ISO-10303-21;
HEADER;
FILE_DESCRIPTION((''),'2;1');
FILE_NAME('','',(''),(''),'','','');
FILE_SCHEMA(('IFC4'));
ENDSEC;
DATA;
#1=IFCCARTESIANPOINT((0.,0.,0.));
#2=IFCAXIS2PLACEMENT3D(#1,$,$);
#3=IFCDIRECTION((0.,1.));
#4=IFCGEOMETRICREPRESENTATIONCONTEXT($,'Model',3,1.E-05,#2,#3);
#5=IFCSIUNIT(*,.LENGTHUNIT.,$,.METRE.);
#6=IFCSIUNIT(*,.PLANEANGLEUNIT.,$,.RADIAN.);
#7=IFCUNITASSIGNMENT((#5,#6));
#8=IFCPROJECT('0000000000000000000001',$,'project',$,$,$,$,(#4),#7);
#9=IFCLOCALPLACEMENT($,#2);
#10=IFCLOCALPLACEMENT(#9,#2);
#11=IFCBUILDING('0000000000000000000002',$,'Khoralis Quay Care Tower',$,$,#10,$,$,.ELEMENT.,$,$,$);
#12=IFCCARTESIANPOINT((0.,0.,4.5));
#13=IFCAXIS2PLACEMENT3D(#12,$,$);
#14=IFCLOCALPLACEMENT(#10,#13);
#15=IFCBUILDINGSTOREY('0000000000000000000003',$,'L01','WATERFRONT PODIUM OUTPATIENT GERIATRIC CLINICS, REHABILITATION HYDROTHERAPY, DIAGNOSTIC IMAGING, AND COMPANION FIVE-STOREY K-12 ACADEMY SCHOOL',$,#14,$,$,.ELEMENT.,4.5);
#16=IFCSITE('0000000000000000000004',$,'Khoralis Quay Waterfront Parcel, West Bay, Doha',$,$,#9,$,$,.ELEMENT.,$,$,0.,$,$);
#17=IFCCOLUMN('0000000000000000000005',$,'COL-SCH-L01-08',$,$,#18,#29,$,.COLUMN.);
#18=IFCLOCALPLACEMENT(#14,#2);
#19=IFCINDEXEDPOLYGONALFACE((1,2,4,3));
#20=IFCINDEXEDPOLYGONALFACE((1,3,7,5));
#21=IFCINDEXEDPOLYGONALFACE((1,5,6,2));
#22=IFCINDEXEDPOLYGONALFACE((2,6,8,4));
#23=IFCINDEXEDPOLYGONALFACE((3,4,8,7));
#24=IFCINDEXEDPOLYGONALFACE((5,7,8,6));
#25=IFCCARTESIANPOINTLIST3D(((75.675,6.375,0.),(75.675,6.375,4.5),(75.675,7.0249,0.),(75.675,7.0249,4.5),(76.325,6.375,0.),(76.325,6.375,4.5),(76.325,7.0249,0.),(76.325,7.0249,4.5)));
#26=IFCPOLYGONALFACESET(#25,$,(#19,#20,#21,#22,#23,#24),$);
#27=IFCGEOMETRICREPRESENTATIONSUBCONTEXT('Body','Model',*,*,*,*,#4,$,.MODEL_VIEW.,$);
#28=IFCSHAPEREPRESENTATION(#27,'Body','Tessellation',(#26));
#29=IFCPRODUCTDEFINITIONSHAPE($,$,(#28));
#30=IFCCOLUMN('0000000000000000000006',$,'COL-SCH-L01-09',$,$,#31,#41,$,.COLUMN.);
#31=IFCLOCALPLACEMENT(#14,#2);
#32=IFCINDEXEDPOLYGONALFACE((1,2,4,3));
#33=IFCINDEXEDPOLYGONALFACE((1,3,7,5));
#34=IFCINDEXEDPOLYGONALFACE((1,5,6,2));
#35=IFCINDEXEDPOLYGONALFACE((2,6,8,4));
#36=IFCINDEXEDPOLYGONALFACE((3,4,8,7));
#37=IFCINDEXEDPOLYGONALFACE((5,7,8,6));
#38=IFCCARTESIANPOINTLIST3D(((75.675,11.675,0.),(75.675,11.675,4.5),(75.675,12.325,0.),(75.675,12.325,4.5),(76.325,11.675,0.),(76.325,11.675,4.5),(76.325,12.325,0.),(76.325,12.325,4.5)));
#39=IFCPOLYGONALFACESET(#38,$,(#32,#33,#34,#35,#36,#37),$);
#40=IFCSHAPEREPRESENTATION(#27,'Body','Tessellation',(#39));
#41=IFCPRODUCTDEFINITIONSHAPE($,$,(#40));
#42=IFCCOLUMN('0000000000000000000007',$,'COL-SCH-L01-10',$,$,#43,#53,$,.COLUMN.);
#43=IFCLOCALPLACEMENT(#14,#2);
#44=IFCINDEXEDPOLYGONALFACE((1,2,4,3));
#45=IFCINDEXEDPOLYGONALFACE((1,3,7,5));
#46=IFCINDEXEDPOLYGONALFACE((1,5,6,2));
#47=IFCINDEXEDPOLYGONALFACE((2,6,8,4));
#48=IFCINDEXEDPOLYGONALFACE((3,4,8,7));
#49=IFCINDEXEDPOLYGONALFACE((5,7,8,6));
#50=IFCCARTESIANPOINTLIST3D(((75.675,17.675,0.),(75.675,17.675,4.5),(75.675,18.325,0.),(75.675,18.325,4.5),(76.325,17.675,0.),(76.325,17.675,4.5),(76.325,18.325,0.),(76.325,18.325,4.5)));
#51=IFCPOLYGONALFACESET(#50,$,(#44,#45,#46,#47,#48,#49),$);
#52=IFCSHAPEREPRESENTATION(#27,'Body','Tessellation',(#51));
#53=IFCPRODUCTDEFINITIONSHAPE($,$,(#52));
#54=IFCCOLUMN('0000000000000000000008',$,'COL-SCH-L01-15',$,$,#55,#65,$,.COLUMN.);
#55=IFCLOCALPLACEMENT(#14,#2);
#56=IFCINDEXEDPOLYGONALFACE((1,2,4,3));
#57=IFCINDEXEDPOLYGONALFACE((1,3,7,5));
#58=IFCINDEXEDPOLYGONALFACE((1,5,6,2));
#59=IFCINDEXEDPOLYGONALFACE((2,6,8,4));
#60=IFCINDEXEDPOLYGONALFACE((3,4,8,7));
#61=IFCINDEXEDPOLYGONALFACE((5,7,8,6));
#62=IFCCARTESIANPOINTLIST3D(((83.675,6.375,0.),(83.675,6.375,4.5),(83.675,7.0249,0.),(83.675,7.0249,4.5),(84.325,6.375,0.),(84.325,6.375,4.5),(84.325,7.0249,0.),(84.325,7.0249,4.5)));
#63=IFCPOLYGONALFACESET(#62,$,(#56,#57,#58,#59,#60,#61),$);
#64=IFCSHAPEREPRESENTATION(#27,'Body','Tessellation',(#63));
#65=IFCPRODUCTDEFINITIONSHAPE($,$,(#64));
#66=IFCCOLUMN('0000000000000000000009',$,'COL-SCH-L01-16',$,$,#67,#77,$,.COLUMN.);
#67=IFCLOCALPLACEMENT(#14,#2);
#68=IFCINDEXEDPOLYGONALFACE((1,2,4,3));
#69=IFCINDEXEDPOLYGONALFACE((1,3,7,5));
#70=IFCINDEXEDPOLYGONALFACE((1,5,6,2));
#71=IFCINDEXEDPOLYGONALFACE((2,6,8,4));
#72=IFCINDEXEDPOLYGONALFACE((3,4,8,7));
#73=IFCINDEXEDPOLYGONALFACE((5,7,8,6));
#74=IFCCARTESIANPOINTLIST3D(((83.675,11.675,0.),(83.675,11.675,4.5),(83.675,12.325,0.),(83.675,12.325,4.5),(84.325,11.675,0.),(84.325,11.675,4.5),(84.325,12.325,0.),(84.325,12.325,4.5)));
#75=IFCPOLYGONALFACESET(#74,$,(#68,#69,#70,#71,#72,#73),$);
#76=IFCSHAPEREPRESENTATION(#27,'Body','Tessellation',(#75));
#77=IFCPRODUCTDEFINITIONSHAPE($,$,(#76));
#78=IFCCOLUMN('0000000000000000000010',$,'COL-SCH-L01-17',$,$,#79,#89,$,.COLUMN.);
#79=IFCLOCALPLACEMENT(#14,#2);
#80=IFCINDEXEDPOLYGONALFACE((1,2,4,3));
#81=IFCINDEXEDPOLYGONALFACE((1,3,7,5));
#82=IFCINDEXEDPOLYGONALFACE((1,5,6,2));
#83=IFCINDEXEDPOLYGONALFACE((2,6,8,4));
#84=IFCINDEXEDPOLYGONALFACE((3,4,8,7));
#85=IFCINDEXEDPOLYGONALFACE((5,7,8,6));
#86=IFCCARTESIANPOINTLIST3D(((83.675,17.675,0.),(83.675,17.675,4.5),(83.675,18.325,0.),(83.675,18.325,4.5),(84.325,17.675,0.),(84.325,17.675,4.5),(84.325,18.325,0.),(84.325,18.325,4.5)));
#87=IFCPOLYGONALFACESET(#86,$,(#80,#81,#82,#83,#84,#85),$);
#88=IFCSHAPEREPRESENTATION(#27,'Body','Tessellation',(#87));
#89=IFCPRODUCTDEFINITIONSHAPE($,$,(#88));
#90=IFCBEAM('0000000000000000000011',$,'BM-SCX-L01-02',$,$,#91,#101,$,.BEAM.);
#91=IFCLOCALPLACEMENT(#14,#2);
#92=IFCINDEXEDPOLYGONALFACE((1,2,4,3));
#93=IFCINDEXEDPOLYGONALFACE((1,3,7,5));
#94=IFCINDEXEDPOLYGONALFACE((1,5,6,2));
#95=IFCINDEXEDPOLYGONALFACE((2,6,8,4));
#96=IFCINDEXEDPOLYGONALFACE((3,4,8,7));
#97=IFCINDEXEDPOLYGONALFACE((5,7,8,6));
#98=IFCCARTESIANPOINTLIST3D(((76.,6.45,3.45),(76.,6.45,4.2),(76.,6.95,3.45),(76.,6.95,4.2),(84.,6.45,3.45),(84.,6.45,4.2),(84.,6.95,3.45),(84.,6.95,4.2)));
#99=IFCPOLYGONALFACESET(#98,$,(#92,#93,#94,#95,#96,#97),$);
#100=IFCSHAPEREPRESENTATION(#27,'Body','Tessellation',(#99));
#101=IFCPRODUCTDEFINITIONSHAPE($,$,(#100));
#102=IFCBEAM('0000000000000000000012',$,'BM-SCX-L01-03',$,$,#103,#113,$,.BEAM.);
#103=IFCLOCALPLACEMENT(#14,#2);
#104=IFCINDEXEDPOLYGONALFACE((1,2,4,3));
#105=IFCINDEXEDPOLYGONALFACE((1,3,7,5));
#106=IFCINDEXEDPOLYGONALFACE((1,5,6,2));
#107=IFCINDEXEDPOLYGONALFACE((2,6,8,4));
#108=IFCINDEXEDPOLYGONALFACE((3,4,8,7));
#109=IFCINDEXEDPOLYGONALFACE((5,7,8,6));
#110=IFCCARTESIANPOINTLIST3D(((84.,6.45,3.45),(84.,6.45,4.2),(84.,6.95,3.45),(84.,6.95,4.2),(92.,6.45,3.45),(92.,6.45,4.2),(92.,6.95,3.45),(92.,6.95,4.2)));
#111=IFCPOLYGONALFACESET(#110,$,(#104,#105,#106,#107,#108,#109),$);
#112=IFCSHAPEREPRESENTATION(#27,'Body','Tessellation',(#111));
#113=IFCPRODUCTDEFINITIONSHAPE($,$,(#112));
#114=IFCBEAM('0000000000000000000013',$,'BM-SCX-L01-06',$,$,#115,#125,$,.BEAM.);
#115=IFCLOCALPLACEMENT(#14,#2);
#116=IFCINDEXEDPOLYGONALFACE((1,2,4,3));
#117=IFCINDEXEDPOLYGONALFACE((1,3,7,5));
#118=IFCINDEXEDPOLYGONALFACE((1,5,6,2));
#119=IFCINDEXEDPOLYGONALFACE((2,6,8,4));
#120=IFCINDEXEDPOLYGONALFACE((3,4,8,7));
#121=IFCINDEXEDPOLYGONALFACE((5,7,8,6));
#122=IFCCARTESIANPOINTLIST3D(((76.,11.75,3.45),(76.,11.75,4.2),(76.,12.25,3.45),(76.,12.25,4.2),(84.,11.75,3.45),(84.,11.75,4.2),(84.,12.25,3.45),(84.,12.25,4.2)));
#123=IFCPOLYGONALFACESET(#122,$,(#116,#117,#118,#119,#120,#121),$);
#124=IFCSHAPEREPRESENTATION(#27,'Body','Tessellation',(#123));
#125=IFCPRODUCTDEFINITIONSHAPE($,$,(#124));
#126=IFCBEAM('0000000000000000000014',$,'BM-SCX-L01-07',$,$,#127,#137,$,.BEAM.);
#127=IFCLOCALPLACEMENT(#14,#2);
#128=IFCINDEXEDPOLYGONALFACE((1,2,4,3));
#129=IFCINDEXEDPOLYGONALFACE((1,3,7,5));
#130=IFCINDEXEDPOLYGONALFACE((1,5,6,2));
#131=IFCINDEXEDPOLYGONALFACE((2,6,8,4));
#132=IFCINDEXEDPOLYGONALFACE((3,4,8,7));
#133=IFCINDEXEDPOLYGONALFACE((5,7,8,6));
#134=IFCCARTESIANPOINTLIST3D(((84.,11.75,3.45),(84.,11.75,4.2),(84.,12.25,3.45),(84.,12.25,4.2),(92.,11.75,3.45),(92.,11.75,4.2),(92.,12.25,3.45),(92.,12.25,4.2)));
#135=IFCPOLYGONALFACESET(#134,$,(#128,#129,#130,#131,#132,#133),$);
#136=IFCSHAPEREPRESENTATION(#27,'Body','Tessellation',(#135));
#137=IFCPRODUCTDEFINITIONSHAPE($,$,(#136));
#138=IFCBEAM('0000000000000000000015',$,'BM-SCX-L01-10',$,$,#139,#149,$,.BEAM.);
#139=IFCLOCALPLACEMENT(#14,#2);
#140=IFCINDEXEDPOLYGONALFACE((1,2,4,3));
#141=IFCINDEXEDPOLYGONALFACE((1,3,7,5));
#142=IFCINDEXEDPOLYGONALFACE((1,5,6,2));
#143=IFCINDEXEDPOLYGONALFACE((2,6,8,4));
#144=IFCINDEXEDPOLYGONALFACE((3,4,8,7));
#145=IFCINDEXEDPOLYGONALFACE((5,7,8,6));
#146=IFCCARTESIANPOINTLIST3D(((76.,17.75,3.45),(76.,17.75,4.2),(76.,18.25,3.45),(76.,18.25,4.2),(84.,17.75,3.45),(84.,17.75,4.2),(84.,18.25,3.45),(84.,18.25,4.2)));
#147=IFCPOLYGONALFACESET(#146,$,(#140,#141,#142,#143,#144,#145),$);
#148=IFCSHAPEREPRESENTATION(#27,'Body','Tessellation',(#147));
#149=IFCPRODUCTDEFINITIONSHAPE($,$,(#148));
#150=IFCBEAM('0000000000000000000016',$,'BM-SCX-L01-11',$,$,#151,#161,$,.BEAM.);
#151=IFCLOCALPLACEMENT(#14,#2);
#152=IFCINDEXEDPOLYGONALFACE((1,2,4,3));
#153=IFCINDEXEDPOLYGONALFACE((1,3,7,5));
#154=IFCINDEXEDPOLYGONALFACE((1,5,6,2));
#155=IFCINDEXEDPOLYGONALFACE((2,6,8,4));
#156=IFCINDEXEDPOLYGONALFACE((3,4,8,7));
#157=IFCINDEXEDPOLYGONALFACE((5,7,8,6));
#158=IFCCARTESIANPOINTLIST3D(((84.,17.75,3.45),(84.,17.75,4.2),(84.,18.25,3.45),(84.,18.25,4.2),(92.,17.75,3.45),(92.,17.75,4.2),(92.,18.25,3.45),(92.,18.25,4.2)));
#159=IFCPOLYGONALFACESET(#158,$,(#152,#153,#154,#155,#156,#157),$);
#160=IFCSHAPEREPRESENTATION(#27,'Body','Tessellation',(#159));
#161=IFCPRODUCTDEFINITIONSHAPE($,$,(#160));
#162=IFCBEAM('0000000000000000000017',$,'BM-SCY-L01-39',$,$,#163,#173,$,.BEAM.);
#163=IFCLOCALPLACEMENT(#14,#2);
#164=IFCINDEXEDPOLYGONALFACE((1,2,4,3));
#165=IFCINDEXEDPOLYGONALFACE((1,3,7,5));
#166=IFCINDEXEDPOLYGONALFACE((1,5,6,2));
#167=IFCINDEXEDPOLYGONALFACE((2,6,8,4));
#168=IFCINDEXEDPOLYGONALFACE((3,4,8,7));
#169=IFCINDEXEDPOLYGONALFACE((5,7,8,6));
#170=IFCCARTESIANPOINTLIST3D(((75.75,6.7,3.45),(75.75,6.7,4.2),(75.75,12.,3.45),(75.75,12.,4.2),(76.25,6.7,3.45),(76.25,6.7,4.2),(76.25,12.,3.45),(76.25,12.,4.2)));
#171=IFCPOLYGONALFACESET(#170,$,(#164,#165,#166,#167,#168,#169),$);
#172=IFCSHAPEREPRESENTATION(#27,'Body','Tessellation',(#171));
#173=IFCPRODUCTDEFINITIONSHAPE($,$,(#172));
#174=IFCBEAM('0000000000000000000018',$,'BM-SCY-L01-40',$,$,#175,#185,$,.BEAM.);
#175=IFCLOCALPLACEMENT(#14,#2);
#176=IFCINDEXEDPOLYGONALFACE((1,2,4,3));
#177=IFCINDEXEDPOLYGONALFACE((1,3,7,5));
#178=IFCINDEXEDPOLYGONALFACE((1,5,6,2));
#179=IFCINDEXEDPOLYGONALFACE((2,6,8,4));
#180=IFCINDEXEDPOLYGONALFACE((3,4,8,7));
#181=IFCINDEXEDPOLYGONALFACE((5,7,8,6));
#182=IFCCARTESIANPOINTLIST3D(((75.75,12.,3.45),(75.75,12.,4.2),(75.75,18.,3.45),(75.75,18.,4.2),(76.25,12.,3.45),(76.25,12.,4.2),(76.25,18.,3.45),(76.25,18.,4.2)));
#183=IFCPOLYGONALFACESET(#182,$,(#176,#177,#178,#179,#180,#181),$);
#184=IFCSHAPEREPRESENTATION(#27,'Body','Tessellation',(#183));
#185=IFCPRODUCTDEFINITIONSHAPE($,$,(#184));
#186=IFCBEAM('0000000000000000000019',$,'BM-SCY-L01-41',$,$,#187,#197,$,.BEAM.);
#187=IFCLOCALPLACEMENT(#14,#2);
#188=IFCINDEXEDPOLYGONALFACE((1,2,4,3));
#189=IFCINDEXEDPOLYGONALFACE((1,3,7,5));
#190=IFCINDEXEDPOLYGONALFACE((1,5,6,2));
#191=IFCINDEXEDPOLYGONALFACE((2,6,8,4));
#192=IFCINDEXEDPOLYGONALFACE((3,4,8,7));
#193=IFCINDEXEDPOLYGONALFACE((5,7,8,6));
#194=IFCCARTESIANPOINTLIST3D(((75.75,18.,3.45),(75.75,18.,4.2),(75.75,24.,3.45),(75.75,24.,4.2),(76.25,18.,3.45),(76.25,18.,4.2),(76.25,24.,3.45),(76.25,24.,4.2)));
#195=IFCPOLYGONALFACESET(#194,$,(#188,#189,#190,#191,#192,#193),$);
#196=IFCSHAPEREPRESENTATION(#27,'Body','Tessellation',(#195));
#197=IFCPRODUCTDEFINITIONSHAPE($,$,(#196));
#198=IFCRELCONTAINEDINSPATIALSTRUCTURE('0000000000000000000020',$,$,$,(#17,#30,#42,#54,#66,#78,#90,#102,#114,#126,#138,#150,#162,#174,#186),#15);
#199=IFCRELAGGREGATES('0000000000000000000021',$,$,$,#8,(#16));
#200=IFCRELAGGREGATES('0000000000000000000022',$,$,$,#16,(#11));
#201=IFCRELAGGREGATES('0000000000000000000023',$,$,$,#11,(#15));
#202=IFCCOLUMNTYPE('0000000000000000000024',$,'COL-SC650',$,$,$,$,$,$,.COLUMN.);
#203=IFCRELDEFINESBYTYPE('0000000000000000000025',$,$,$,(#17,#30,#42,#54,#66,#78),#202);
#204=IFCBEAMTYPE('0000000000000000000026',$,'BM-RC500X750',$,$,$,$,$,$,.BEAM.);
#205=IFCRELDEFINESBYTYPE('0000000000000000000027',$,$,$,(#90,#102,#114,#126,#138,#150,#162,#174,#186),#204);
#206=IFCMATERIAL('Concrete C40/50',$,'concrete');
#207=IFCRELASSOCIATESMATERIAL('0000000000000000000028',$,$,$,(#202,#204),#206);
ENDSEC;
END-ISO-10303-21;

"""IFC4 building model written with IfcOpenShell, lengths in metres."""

from ifc_helpers import new_model, si_unit, direction, frame, origin, origin_2d, place, context, subcontext, project, spatial, rectangle, extrude, source, transform, mapped, material, material_profile, profile_set, type_object, element, save


model = new_model("IFC4")

# Units and contexts
model_context = context("Model", 3, precision=1e-05, world=origin(), true_north=direction((0.0, 1.0)))
body_context = subcontext(model_context, "Body", "Model", "MODEL_VIEW")
ifc_project = project(units=[si_unit("LENGTHUNIT", "METRE"), si_unit("PLANEANGLEUNIT", "RADIAN")], contexts=[model_context])

# Site, building, storey
site_placement = place(None, origin())
site = spatial("IfcSite", under=ifc_project, at=site_placement, Name="Khoralis Quay Waterfront Parcel, West Bay, Doha", CompositionType="ELEMENT", RefElevation=0.0)
building_placement = place(site_placement, origin())
building = spatial("IfcBuilding", under=site, at=building_placement, Name="Khoralis Quay Care Tower", CompositionType="ELEMENT")
storey_placement = place(building_placement, frame((0.0, 0.0, 4.5)))
storey = spatial("IfcBuildingStorey", under=building, at=storey_placement, Name="L01", Description="WATERFRONT PODIUM OUTPATIENT GERIATRIC CLINICS, REHABILITATION HYDROTHERAPY, DIAGNOSTIC IMAGING, AND COMPANION FIVE-STOREY K-12 ACADEMY SCHOOL", CompositionType="ELEMENT", Elevation=4.5)

# Columns
ifc_material_1 = material(Name="Concrete C40/50", Category="concrete")
ifc_material_profile_1 = material_profile(ifc_material_1, rectangle(XDim=0.6499, YDim=0.6499, at=origin_2d()), Name="Concrete C40/50")
ifc_profile_set_1 = profile_set([ifc_material_profile_1], Name="Concrete C40/50")
column_type = type_object("IfcColumnType", Name="COL-SC650", PredefinedType="COLUMN", material=ifc_profile_set_1)
shared_shape_1 = source(origin(), body_context, "Body", "SweptSolid", [
    extrude(rectangle(XDim=0.6499, YDim=0.6499, at=origin_2d()), origin(), (0.0, 0.0, 1.0), 4.5),
])
for number, where, z_axis, x_axis, name in (
    (1, (76.0, 6.7, 0.0), (0.0, 0.0, 1.0), (1.0, 0.0, 0.0), "COL-SCH-L01-08"),
    (2, (76.0, 12.0, 0.0), (0.0, 0.0, 1.0), (1.0, 0.0, 0.0), "COL-SCH-L01-09"),
    (3, (76.0, 18.0, 0.0), (0.0, 0.0, 1.0), (1.0, 0.0, 0.0), "COL-SCH-L01-10"),
    (4, (84.0, 6.7, 0.0), (0.0, 0.0, 1.0), (1.0, 0.0, 0.0), "COL-SCH-L01-15"),
    (5, (84.0, 12.0, 0.0), (0.0, 0.0, 1.0), (1.0, 0.0, 0.0), "COL-SCH-L01-16"),
    (6, (84.0, 18.0, 0.0), (0.0, 0.0, 1.0), (1.0, 0.0, 0.0), "COL-SCH-L01-17"),
):
    element("IfcColumn", number, at=place(storey_placement, frame(where, z_axis=z_axis, x_axis=x_axis)), inside=storey, type_object=column_type, Name=name, PredefinedType="COLUMN", context=body_context, shape_type="MappedRepresentation", body=[
        mapped(shared_shape_1, transform((0.0, 0.0, 0.0), scale=1.0)),
    ])

# Beams
ifc_material_profile_2 = material_profile(ifc_material_1, rectangle(XDim=0.5, YDim=0.75, at=origin_2d()), Name="Concrete C40/50")
ifc_profile_set_2 = profile_set([ifc_material_profile_2], Name="Concrete C40/50")
beam_type_1 = type_object("IfcBeamType", Name="BM-RC500X750", PredefinedType="BEAM", material=ifc_profile_set_2)
shared_shape_2 = source(origin(), body_context, "Body", "SweptSolid", [
    extrude(rectangle(XDim=0.5, YDim=0.75, at=origin_2d()), origin(), (0.0, 0.0, 1.0), 8.0),
])
for number, where, z_axis, x_axis, name in (
    (7, (76.0, 6.7, 3.825), (1.0, 0.0, 0.0), (0.0, 1.0, 0.0), "BM-SCX-L01-02"),
    (8, (84.0, 6.7, 3.825), (1.0, 0.0, 0.0), (0.0, 1.0, 0.0), "BM-SCX-L01-03"),
    (9, (76.0, 12.0, 3.825), (1.0, 0.0, 0.0), (0.0, 1.0, 0.0), "BM-SCX-L01-06"),
    (10, (84.0, 12.0, 3.825), (1.0, 0.0, 0.0), (0.0, 1.0, 0.0), "BM-SCX-L01-07"),
    (11, (76.0, 18.0, 3.825), (1.0, 0.0, 0.0), (0.0, 1.0, 0.0), "BM-SCX-L01-10"),
    (12, (84.0, 18.0, 3.825), (1.0, 0.0, 0.0), (0.0, 1.0, 0.0), "BM-SCX-L01-11"),
):
    element("IfcBeam", number, at=place(storey_placement, frame(where, z_axis=z_axis, x_axis=x_axis)), inside=storey, type_object=beam_type_1, Name=name, PredefinedType="BEAM", context=body_context, shape_type="MappedRepresentation", body=[
        mapped(shared_shape_2, transform((0.0, 0.0, 0.0), scale=1.0)),
    ])
shared_shape_3 = source(origin(), body_context, "Body", "SweptSolid", [
    extrude(rectangle(XDim=0.5, YDim=0.75, at=origin_2d()), origin(), (0.0, 0.0, 1.0), 5.3),
])
beam_1_placement = place(storey_placement, frame((76.0, 6.7, 3.825), z_axis=(0.0, 1.0, 0.0), x_axis=(-1.0, 0.0, 0.0)))
element("IfcBeam", 13, at=beam_1_placement, inside=storey, type_object=beam_type_1, Name="BM-SCY-L01-39", PredefinedType="BEAM", context=body_context, shape_type="MappedRepresentation", body=[
    mapped(shared_shape_3, transform((0.0, 0.0, 0.0), scale=1.0)),
])
shared_shape_4 = source(origin(), body_context, "Body", "SweptSolid", [
    extrude(rectangle(XDim=0.5, YDim=0.75, at=origin_2d()), origin(), (0.0, 0.0, 1.0), 6.0),
])
for number, where, z_axis, x_axis, name in (
    (14, (76.0, 12.0, 3.825), (0.0, 1.0, 0.0), (-1.0, 0.0, 0.0), "BM-SCY-L01-40"),
    (15, (76.0, 18.0, 3.825), (0.0, 1.0, 0.0), (-1.0, 0.0, 0.0), "BM-SCY-L01-41"),
):
    element("IfcBeam", number, at=place(storey_placement, frame(where, z_axis=z_axis, x_axis=x_axis)), inside=storey, type_object=beam_type_1, Name=name, PredefinedType="BEAM", context=body_context, shape_type="MappedRepresentation", body=[
        mapped(shared_shape_4, transform((0.0, 0.0, 0.0), scale=1.0)),
    ])

save(model, "model.ifc")
